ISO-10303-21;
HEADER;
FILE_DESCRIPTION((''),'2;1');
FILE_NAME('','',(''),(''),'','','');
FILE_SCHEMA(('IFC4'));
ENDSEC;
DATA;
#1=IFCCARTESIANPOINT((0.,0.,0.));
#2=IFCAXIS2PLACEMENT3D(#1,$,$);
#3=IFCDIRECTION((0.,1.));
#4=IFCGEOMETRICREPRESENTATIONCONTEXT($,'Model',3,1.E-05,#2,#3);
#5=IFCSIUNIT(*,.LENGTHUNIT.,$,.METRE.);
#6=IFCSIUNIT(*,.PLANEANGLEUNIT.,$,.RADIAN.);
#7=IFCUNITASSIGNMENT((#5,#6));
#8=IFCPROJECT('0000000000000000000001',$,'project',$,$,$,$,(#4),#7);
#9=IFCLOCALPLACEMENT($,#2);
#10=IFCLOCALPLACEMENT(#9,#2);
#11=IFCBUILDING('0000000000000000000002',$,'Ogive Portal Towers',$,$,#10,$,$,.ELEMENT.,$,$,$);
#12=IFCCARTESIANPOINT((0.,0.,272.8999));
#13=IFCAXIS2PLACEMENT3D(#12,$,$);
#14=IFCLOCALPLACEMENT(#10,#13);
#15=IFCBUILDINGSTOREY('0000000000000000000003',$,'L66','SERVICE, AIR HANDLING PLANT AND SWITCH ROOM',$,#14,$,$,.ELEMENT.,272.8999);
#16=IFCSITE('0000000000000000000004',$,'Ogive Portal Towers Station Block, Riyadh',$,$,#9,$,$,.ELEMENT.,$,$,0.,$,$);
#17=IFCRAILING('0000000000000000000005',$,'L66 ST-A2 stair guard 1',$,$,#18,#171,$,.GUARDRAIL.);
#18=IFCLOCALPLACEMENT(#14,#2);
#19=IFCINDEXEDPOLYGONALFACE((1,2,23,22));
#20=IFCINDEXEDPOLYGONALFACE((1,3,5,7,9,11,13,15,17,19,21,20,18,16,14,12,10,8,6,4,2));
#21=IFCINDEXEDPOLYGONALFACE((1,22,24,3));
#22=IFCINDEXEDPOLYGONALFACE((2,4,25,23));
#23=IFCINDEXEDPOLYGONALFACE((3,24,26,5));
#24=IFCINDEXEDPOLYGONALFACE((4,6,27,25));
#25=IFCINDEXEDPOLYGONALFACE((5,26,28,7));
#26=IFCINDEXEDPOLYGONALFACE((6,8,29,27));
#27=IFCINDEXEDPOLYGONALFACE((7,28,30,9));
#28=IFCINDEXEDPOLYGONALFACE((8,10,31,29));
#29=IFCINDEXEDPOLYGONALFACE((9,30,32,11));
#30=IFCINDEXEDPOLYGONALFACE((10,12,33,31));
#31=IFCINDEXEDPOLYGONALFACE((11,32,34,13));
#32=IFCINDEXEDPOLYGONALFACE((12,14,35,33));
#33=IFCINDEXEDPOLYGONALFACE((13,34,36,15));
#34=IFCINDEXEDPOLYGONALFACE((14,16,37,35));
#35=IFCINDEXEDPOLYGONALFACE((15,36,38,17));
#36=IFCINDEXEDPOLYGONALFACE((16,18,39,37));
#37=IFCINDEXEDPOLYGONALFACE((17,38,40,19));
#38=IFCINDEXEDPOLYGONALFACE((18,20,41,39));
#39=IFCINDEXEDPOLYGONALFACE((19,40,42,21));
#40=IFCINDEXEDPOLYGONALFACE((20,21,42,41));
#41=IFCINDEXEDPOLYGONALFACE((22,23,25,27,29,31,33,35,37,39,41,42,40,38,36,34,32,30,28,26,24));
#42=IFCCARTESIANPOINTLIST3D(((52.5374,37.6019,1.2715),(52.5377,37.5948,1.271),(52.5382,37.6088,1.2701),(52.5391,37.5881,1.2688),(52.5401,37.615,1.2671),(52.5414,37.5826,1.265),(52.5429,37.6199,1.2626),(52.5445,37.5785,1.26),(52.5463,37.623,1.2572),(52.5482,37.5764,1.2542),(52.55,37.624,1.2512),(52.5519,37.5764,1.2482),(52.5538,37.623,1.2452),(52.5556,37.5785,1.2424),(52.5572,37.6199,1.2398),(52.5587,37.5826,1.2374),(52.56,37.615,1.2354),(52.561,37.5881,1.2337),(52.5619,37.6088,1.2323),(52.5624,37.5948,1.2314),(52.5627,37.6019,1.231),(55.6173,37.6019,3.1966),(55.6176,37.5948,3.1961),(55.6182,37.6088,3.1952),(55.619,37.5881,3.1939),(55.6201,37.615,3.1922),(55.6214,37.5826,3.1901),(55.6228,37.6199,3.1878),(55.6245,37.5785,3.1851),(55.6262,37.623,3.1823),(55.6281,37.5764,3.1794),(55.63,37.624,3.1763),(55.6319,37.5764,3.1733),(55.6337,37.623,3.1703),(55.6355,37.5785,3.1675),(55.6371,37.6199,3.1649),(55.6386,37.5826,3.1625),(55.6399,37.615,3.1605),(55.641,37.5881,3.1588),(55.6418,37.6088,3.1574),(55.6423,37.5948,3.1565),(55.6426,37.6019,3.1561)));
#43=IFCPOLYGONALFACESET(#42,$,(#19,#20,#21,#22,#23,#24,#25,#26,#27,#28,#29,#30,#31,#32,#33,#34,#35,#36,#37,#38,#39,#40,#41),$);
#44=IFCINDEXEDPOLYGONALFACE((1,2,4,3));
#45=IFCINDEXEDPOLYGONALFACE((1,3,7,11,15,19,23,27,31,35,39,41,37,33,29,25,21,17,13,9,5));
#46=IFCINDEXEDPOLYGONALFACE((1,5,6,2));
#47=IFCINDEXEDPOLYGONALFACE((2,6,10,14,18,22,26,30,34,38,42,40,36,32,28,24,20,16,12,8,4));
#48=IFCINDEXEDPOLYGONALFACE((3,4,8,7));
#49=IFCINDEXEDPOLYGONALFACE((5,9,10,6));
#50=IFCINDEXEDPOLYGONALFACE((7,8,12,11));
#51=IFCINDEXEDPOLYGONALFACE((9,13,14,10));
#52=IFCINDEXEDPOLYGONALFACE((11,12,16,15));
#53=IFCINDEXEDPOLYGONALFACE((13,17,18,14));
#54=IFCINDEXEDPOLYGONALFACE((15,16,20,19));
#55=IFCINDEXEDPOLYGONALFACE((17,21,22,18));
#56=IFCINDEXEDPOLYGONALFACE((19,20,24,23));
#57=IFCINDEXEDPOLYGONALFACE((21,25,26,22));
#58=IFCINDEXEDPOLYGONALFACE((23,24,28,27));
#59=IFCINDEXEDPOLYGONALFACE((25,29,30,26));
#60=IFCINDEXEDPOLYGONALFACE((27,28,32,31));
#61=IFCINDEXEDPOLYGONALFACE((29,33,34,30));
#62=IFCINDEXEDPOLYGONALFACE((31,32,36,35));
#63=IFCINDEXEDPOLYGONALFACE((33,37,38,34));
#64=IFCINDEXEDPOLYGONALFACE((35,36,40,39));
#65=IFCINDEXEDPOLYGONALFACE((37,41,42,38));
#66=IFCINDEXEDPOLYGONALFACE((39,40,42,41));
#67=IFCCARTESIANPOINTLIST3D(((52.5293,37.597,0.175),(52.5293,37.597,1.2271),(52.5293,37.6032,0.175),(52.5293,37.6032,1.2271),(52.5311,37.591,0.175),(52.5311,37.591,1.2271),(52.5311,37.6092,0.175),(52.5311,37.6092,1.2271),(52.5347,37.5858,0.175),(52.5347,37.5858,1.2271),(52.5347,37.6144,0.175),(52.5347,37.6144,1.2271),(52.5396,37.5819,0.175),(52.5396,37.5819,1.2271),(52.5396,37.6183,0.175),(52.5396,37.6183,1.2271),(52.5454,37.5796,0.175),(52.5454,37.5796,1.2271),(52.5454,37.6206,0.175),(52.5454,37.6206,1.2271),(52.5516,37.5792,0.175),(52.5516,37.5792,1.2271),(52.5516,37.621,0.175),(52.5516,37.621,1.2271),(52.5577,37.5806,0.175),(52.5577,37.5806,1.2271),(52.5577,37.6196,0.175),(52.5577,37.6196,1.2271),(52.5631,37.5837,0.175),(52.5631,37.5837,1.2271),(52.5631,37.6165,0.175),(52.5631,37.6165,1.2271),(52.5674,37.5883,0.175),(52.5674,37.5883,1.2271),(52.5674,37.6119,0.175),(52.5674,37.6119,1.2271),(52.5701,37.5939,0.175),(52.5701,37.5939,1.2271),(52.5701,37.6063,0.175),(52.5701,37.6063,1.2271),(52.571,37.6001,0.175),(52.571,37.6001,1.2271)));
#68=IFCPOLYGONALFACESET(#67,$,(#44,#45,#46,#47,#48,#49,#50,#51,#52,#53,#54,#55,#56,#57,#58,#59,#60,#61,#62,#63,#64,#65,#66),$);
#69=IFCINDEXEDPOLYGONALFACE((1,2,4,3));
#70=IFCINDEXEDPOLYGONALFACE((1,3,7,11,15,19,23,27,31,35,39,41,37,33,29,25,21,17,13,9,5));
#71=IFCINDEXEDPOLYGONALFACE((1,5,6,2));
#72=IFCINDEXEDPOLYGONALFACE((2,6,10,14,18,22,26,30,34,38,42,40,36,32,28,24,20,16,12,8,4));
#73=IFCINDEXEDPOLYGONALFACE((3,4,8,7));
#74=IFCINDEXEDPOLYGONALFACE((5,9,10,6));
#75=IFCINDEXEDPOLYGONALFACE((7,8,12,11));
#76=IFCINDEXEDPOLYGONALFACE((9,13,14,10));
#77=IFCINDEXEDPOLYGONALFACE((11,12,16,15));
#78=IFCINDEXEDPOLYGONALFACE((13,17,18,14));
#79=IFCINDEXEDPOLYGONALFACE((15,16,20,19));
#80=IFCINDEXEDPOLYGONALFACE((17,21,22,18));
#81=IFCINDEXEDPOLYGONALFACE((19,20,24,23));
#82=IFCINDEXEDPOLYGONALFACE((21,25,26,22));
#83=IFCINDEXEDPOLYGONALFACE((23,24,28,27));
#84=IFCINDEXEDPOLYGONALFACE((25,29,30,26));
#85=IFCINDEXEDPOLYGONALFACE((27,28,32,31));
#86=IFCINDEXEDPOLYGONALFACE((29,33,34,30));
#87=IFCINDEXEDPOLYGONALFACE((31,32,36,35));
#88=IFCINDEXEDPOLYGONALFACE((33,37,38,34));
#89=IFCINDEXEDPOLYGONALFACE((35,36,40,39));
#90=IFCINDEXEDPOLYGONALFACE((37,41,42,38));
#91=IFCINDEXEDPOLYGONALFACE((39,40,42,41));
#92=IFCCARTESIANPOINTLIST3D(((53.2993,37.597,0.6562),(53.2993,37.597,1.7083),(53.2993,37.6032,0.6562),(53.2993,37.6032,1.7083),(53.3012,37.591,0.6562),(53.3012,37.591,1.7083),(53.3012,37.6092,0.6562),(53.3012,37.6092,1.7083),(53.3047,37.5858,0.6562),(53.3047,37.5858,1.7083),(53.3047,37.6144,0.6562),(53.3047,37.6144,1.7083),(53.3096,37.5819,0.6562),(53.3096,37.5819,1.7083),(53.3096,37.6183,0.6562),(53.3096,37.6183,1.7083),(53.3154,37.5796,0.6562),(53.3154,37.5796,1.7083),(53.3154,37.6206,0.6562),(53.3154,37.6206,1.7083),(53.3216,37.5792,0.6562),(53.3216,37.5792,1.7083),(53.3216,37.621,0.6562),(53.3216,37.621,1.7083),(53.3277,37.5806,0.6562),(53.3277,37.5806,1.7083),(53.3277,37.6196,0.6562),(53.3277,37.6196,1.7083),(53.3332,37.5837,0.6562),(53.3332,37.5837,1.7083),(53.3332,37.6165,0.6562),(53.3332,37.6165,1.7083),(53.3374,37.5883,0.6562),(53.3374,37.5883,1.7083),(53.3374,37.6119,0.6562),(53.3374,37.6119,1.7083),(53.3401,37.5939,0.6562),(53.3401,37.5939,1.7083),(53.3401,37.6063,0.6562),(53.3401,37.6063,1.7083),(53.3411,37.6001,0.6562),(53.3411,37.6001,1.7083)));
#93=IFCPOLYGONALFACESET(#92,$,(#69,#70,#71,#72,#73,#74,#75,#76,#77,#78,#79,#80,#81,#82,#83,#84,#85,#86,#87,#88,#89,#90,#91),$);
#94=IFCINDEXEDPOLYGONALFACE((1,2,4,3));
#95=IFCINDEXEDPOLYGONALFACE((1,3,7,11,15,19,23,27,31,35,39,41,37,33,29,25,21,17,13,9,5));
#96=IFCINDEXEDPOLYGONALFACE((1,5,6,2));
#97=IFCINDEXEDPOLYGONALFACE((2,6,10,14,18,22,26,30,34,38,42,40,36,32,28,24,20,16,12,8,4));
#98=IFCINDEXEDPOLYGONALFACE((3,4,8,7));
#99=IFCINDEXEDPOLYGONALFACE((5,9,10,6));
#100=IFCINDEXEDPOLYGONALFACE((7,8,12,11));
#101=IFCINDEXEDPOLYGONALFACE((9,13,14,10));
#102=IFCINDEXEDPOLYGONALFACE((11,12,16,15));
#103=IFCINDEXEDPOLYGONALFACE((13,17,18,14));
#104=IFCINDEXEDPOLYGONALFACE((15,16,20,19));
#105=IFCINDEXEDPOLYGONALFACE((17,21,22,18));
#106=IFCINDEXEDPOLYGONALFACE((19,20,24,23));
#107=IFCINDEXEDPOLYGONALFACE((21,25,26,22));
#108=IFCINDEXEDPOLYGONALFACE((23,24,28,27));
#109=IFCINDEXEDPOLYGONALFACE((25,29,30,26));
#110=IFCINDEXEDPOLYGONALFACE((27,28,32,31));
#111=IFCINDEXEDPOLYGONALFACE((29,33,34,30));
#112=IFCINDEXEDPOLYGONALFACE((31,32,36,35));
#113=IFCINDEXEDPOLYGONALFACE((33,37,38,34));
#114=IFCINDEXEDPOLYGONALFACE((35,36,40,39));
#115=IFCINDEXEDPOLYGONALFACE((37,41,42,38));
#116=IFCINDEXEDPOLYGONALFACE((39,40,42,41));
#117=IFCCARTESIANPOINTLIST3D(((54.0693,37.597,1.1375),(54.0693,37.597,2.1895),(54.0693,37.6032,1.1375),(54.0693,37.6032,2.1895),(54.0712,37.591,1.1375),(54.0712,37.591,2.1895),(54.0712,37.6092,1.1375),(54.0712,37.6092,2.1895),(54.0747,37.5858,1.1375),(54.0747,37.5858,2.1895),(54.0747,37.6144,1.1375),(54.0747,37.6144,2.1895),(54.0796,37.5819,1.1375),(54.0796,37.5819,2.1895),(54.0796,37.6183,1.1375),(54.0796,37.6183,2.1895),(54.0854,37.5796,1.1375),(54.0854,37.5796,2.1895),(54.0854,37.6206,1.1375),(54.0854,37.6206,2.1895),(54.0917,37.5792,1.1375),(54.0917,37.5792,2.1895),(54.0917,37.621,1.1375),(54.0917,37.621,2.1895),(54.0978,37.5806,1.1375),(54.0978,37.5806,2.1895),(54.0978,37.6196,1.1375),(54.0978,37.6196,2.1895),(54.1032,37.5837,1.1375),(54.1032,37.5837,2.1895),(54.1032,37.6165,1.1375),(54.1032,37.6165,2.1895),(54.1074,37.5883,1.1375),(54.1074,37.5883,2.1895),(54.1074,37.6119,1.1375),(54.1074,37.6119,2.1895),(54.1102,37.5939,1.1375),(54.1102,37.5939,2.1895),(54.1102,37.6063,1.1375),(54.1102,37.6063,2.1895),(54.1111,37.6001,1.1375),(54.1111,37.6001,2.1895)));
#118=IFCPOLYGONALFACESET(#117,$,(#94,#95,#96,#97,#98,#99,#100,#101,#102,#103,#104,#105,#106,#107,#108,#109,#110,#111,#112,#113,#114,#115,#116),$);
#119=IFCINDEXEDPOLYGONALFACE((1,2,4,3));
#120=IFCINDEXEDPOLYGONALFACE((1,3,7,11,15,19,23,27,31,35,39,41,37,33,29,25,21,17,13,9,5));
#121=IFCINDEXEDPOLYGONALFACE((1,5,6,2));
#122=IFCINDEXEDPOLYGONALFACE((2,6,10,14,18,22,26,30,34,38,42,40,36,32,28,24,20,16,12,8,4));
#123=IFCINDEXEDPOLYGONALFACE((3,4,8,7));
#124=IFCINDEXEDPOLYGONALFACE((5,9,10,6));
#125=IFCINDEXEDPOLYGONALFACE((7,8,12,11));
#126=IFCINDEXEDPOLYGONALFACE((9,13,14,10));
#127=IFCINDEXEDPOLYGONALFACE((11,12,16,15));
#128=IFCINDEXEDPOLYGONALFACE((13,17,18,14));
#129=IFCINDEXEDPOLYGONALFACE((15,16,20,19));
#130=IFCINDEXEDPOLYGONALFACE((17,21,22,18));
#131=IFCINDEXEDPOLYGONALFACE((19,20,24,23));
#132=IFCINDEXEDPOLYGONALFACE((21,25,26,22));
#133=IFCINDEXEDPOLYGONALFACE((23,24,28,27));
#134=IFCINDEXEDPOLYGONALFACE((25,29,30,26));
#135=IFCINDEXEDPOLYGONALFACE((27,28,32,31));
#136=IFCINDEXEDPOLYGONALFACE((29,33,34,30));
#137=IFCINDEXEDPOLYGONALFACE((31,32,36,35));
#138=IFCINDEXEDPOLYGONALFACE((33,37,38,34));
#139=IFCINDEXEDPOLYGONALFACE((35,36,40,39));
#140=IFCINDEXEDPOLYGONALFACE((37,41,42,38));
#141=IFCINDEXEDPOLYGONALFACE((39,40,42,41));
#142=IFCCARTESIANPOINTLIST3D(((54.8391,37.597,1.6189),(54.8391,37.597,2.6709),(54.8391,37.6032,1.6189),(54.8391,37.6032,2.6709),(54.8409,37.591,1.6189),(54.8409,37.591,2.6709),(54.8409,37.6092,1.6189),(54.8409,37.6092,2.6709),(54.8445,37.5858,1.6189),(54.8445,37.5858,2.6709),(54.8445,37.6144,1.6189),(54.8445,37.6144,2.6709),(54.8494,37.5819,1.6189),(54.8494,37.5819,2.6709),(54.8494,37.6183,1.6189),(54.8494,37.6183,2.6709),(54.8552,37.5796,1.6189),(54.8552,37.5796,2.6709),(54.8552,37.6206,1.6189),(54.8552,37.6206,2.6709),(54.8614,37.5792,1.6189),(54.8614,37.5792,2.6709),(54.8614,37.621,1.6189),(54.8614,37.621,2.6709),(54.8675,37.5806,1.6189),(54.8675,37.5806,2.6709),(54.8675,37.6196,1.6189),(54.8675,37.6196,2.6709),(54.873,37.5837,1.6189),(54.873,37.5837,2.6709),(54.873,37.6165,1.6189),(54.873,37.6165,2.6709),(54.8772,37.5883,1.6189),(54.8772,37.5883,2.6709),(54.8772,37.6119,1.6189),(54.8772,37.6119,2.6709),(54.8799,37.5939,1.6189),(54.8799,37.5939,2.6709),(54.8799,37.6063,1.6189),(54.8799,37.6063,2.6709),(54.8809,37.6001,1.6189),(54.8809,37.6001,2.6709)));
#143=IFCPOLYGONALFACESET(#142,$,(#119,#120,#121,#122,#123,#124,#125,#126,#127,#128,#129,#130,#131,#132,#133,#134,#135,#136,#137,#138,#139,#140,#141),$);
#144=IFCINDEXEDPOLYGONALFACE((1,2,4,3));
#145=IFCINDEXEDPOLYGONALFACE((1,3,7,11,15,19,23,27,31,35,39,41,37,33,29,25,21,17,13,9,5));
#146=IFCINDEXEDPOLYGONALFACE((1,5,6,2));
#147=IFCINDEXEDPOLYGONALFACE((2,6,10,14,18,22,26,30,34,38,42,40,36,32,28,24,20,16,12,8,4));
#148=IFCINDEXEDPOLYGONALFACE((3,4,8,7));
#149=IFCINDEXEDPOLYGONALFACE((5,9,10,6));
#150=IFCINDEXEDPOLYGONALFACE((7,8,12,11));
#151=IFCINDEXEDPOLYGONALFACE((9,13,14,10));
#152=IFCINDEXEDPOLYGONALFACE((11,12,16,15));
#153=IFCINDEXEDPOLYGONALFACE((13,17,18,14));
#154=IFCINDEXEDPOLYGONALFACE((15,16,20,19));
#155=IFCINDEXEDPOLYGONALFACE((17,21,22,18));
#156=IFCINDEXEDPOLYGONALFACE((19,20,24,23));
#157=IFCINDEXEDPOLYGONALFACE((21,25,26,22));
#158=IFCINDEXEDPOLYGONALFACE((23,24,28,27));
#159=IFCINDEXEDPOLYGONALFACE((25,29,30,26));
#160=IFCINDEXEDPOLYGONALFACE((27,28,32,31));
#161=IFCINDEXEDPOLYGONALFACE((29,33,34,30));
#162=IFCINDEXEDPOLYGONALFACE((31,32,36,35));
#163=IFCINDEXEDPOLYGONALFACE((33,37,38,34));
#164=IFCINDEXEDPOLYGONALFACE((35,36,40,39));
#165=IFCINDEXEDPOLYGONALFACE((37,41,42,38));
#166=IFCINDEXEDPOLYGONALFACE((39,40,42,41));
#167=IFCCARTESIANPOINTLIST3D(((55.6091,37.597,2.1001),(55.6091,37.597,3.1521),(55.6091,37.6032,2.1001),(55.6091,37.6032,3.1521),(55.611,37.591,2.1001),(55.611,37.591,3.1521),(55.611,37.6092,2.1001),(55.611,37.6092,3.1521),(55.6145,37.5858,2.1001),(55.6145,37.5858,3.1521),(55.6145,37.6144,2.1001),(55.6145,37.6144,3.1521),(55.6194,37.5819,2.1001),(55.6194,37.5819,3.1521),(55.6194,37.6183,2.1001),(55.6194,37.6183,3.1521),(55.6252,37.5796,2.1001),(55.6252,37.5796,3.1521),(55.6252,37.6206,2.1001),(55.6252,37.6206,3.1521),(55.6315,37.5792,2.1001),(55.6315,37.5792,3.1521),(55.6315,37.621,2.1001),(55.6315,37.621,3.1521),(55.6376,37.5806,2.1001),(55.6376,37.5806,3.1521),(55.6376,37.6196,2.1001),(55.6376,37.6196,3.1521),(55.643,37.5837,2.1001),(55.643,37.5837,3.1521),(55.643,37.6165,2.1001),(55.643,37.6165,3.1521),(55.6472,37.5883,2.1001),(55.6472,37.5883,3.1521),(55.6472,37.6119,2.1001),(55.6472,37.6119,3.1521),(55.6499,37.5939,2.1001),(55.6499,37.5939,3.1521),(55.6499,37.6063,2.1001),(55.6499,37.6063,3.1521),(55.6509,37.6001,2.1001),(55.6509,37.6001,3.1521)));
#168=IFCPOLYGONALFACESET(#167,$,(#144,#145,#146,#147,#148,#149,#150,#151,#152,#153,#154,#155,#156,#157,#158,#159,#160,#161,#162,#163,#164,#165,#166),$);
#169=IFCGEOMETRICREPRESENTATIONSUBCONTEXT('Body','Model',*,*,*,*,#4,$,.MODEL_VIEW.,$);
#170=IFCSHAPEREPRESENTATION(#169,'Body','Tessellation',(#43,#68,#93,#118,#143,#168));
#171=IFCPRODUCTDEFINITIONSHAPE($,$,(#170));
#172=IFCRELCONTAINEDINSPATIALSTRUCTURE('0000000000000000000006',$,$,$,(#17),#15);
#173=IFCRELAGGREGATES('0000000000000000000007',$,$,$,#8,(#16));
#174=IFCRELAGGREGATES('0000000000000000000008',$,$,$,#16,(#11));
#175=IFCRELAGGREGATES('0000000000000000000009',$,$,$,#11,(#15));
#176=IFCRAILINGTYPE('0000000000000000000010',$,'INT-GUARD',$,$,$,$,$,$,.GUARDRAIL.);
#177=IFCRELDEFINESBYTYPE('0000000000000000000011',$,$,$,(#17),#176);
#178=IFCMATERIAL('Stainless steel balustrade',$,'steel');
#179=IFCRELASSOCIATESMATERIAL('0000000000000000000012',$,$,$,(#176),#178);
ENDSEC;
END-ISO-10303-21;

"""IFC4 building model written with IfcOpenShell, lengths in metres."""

from ifc_helpers import new_model, si_unit, direction, frame, origin, origin_2d, place, context, subcontext, project, spatial, circle, extrude, material, type_object, element, save


model = new_model("IFC4")

# Units and contexts
model_context = context("Model", 3, precision=1e-05, world=origin(), true_north=direction((0.0, 1.0)))
body_context = subcontext(model_context, "Body", "Model", "MODEL_VIEW")
ifc_project = project(units=[si_unit("LENGTHUNIT", "METRE"), si_unit("PLANEANGLEUNIT", "RADIAN")], contexts=[model_context])

# Site, building, storey
site_placement = place(None, origin())
site = spatial("IfcSite", under=ifc_project, at=site_placement, Name="Ogive Portal Towers Station Block, Riyadh", CompositionType="ELEMENT", RefElevation=0.0)
building_placement = place(site_placement, origin())
building = spatial("IfcBuilding", under=site, at=building_placement, Name="Ogive Portal Towers", CompositionType="ELEMENT")
storey_placement = place(building_placement, frame((0.0, 0.0, 272.8999)))
storey = spatial("IfcBuildingStorey", under=building, at=storey_placement, Name="L66", Description="SERVICE, AIR HANDLING PLANT AND SWITCH ROOM", CompositionType="ELEMENT", Elevation=272.8999)

# Railing
ifc_material_1 = material(Name="Stainless steel balustrade", Category="steel")
railing_type_1 = type_object("IfcRailingType", Name="INT-GUARD", PredefinedType="GUARDRAIL", material=ifc_material_1)
railing_1_placement = place(storey_placement, frame((52.55, 37.6001, 0.175)))
element("IfcRailing", 1, at=railing_1_placement, inside=storey, type_object=railing_type_1, Name="L66 ST-A2 stair guard 1", PredefinedType="GUARDRAIL", context=body_context, shape_type="SweptSolid", body=[
    extrude(circle(Radius=0.0239, at=origin_2d()), frame((0.0, 0.0, 1.0762), z_axis=(0.847979, 0.0, 0.530029), x_axis=(0.0, 1.0, 0.0)), (0.0, 0.0, 1.0), 3.6321),
    extrude(circle(Radius=0.021, at=origin_2d()), origin(), (0.0, 0.0, 1.0), 1.052),
    extrude(circle(Radius=0.021, at=origin_2d()), frame((0.77, 0.0, 0.4812)), (0.0, 0.0, 1.0), 1.052),
    extrude(circle(Radius=0.021, at=origin_2d()), frame((1.54, 0.0, 0.9624)), (0.0, 0.0, 1.0), 1.052),
    extrude(circle(Radius=0.021, at=origin_2d()), frame((2.3098, 0.0, 1.4438)), (0.0, 0.0, 1.0), 1.052),
    extrude(circle(Radius=0.021, at=origin_2d()), frame((3.0798, 0.0, 1.925)), (0.0, 0.0, 1.0), 1.052),
])

save(model, "model.ifc")
